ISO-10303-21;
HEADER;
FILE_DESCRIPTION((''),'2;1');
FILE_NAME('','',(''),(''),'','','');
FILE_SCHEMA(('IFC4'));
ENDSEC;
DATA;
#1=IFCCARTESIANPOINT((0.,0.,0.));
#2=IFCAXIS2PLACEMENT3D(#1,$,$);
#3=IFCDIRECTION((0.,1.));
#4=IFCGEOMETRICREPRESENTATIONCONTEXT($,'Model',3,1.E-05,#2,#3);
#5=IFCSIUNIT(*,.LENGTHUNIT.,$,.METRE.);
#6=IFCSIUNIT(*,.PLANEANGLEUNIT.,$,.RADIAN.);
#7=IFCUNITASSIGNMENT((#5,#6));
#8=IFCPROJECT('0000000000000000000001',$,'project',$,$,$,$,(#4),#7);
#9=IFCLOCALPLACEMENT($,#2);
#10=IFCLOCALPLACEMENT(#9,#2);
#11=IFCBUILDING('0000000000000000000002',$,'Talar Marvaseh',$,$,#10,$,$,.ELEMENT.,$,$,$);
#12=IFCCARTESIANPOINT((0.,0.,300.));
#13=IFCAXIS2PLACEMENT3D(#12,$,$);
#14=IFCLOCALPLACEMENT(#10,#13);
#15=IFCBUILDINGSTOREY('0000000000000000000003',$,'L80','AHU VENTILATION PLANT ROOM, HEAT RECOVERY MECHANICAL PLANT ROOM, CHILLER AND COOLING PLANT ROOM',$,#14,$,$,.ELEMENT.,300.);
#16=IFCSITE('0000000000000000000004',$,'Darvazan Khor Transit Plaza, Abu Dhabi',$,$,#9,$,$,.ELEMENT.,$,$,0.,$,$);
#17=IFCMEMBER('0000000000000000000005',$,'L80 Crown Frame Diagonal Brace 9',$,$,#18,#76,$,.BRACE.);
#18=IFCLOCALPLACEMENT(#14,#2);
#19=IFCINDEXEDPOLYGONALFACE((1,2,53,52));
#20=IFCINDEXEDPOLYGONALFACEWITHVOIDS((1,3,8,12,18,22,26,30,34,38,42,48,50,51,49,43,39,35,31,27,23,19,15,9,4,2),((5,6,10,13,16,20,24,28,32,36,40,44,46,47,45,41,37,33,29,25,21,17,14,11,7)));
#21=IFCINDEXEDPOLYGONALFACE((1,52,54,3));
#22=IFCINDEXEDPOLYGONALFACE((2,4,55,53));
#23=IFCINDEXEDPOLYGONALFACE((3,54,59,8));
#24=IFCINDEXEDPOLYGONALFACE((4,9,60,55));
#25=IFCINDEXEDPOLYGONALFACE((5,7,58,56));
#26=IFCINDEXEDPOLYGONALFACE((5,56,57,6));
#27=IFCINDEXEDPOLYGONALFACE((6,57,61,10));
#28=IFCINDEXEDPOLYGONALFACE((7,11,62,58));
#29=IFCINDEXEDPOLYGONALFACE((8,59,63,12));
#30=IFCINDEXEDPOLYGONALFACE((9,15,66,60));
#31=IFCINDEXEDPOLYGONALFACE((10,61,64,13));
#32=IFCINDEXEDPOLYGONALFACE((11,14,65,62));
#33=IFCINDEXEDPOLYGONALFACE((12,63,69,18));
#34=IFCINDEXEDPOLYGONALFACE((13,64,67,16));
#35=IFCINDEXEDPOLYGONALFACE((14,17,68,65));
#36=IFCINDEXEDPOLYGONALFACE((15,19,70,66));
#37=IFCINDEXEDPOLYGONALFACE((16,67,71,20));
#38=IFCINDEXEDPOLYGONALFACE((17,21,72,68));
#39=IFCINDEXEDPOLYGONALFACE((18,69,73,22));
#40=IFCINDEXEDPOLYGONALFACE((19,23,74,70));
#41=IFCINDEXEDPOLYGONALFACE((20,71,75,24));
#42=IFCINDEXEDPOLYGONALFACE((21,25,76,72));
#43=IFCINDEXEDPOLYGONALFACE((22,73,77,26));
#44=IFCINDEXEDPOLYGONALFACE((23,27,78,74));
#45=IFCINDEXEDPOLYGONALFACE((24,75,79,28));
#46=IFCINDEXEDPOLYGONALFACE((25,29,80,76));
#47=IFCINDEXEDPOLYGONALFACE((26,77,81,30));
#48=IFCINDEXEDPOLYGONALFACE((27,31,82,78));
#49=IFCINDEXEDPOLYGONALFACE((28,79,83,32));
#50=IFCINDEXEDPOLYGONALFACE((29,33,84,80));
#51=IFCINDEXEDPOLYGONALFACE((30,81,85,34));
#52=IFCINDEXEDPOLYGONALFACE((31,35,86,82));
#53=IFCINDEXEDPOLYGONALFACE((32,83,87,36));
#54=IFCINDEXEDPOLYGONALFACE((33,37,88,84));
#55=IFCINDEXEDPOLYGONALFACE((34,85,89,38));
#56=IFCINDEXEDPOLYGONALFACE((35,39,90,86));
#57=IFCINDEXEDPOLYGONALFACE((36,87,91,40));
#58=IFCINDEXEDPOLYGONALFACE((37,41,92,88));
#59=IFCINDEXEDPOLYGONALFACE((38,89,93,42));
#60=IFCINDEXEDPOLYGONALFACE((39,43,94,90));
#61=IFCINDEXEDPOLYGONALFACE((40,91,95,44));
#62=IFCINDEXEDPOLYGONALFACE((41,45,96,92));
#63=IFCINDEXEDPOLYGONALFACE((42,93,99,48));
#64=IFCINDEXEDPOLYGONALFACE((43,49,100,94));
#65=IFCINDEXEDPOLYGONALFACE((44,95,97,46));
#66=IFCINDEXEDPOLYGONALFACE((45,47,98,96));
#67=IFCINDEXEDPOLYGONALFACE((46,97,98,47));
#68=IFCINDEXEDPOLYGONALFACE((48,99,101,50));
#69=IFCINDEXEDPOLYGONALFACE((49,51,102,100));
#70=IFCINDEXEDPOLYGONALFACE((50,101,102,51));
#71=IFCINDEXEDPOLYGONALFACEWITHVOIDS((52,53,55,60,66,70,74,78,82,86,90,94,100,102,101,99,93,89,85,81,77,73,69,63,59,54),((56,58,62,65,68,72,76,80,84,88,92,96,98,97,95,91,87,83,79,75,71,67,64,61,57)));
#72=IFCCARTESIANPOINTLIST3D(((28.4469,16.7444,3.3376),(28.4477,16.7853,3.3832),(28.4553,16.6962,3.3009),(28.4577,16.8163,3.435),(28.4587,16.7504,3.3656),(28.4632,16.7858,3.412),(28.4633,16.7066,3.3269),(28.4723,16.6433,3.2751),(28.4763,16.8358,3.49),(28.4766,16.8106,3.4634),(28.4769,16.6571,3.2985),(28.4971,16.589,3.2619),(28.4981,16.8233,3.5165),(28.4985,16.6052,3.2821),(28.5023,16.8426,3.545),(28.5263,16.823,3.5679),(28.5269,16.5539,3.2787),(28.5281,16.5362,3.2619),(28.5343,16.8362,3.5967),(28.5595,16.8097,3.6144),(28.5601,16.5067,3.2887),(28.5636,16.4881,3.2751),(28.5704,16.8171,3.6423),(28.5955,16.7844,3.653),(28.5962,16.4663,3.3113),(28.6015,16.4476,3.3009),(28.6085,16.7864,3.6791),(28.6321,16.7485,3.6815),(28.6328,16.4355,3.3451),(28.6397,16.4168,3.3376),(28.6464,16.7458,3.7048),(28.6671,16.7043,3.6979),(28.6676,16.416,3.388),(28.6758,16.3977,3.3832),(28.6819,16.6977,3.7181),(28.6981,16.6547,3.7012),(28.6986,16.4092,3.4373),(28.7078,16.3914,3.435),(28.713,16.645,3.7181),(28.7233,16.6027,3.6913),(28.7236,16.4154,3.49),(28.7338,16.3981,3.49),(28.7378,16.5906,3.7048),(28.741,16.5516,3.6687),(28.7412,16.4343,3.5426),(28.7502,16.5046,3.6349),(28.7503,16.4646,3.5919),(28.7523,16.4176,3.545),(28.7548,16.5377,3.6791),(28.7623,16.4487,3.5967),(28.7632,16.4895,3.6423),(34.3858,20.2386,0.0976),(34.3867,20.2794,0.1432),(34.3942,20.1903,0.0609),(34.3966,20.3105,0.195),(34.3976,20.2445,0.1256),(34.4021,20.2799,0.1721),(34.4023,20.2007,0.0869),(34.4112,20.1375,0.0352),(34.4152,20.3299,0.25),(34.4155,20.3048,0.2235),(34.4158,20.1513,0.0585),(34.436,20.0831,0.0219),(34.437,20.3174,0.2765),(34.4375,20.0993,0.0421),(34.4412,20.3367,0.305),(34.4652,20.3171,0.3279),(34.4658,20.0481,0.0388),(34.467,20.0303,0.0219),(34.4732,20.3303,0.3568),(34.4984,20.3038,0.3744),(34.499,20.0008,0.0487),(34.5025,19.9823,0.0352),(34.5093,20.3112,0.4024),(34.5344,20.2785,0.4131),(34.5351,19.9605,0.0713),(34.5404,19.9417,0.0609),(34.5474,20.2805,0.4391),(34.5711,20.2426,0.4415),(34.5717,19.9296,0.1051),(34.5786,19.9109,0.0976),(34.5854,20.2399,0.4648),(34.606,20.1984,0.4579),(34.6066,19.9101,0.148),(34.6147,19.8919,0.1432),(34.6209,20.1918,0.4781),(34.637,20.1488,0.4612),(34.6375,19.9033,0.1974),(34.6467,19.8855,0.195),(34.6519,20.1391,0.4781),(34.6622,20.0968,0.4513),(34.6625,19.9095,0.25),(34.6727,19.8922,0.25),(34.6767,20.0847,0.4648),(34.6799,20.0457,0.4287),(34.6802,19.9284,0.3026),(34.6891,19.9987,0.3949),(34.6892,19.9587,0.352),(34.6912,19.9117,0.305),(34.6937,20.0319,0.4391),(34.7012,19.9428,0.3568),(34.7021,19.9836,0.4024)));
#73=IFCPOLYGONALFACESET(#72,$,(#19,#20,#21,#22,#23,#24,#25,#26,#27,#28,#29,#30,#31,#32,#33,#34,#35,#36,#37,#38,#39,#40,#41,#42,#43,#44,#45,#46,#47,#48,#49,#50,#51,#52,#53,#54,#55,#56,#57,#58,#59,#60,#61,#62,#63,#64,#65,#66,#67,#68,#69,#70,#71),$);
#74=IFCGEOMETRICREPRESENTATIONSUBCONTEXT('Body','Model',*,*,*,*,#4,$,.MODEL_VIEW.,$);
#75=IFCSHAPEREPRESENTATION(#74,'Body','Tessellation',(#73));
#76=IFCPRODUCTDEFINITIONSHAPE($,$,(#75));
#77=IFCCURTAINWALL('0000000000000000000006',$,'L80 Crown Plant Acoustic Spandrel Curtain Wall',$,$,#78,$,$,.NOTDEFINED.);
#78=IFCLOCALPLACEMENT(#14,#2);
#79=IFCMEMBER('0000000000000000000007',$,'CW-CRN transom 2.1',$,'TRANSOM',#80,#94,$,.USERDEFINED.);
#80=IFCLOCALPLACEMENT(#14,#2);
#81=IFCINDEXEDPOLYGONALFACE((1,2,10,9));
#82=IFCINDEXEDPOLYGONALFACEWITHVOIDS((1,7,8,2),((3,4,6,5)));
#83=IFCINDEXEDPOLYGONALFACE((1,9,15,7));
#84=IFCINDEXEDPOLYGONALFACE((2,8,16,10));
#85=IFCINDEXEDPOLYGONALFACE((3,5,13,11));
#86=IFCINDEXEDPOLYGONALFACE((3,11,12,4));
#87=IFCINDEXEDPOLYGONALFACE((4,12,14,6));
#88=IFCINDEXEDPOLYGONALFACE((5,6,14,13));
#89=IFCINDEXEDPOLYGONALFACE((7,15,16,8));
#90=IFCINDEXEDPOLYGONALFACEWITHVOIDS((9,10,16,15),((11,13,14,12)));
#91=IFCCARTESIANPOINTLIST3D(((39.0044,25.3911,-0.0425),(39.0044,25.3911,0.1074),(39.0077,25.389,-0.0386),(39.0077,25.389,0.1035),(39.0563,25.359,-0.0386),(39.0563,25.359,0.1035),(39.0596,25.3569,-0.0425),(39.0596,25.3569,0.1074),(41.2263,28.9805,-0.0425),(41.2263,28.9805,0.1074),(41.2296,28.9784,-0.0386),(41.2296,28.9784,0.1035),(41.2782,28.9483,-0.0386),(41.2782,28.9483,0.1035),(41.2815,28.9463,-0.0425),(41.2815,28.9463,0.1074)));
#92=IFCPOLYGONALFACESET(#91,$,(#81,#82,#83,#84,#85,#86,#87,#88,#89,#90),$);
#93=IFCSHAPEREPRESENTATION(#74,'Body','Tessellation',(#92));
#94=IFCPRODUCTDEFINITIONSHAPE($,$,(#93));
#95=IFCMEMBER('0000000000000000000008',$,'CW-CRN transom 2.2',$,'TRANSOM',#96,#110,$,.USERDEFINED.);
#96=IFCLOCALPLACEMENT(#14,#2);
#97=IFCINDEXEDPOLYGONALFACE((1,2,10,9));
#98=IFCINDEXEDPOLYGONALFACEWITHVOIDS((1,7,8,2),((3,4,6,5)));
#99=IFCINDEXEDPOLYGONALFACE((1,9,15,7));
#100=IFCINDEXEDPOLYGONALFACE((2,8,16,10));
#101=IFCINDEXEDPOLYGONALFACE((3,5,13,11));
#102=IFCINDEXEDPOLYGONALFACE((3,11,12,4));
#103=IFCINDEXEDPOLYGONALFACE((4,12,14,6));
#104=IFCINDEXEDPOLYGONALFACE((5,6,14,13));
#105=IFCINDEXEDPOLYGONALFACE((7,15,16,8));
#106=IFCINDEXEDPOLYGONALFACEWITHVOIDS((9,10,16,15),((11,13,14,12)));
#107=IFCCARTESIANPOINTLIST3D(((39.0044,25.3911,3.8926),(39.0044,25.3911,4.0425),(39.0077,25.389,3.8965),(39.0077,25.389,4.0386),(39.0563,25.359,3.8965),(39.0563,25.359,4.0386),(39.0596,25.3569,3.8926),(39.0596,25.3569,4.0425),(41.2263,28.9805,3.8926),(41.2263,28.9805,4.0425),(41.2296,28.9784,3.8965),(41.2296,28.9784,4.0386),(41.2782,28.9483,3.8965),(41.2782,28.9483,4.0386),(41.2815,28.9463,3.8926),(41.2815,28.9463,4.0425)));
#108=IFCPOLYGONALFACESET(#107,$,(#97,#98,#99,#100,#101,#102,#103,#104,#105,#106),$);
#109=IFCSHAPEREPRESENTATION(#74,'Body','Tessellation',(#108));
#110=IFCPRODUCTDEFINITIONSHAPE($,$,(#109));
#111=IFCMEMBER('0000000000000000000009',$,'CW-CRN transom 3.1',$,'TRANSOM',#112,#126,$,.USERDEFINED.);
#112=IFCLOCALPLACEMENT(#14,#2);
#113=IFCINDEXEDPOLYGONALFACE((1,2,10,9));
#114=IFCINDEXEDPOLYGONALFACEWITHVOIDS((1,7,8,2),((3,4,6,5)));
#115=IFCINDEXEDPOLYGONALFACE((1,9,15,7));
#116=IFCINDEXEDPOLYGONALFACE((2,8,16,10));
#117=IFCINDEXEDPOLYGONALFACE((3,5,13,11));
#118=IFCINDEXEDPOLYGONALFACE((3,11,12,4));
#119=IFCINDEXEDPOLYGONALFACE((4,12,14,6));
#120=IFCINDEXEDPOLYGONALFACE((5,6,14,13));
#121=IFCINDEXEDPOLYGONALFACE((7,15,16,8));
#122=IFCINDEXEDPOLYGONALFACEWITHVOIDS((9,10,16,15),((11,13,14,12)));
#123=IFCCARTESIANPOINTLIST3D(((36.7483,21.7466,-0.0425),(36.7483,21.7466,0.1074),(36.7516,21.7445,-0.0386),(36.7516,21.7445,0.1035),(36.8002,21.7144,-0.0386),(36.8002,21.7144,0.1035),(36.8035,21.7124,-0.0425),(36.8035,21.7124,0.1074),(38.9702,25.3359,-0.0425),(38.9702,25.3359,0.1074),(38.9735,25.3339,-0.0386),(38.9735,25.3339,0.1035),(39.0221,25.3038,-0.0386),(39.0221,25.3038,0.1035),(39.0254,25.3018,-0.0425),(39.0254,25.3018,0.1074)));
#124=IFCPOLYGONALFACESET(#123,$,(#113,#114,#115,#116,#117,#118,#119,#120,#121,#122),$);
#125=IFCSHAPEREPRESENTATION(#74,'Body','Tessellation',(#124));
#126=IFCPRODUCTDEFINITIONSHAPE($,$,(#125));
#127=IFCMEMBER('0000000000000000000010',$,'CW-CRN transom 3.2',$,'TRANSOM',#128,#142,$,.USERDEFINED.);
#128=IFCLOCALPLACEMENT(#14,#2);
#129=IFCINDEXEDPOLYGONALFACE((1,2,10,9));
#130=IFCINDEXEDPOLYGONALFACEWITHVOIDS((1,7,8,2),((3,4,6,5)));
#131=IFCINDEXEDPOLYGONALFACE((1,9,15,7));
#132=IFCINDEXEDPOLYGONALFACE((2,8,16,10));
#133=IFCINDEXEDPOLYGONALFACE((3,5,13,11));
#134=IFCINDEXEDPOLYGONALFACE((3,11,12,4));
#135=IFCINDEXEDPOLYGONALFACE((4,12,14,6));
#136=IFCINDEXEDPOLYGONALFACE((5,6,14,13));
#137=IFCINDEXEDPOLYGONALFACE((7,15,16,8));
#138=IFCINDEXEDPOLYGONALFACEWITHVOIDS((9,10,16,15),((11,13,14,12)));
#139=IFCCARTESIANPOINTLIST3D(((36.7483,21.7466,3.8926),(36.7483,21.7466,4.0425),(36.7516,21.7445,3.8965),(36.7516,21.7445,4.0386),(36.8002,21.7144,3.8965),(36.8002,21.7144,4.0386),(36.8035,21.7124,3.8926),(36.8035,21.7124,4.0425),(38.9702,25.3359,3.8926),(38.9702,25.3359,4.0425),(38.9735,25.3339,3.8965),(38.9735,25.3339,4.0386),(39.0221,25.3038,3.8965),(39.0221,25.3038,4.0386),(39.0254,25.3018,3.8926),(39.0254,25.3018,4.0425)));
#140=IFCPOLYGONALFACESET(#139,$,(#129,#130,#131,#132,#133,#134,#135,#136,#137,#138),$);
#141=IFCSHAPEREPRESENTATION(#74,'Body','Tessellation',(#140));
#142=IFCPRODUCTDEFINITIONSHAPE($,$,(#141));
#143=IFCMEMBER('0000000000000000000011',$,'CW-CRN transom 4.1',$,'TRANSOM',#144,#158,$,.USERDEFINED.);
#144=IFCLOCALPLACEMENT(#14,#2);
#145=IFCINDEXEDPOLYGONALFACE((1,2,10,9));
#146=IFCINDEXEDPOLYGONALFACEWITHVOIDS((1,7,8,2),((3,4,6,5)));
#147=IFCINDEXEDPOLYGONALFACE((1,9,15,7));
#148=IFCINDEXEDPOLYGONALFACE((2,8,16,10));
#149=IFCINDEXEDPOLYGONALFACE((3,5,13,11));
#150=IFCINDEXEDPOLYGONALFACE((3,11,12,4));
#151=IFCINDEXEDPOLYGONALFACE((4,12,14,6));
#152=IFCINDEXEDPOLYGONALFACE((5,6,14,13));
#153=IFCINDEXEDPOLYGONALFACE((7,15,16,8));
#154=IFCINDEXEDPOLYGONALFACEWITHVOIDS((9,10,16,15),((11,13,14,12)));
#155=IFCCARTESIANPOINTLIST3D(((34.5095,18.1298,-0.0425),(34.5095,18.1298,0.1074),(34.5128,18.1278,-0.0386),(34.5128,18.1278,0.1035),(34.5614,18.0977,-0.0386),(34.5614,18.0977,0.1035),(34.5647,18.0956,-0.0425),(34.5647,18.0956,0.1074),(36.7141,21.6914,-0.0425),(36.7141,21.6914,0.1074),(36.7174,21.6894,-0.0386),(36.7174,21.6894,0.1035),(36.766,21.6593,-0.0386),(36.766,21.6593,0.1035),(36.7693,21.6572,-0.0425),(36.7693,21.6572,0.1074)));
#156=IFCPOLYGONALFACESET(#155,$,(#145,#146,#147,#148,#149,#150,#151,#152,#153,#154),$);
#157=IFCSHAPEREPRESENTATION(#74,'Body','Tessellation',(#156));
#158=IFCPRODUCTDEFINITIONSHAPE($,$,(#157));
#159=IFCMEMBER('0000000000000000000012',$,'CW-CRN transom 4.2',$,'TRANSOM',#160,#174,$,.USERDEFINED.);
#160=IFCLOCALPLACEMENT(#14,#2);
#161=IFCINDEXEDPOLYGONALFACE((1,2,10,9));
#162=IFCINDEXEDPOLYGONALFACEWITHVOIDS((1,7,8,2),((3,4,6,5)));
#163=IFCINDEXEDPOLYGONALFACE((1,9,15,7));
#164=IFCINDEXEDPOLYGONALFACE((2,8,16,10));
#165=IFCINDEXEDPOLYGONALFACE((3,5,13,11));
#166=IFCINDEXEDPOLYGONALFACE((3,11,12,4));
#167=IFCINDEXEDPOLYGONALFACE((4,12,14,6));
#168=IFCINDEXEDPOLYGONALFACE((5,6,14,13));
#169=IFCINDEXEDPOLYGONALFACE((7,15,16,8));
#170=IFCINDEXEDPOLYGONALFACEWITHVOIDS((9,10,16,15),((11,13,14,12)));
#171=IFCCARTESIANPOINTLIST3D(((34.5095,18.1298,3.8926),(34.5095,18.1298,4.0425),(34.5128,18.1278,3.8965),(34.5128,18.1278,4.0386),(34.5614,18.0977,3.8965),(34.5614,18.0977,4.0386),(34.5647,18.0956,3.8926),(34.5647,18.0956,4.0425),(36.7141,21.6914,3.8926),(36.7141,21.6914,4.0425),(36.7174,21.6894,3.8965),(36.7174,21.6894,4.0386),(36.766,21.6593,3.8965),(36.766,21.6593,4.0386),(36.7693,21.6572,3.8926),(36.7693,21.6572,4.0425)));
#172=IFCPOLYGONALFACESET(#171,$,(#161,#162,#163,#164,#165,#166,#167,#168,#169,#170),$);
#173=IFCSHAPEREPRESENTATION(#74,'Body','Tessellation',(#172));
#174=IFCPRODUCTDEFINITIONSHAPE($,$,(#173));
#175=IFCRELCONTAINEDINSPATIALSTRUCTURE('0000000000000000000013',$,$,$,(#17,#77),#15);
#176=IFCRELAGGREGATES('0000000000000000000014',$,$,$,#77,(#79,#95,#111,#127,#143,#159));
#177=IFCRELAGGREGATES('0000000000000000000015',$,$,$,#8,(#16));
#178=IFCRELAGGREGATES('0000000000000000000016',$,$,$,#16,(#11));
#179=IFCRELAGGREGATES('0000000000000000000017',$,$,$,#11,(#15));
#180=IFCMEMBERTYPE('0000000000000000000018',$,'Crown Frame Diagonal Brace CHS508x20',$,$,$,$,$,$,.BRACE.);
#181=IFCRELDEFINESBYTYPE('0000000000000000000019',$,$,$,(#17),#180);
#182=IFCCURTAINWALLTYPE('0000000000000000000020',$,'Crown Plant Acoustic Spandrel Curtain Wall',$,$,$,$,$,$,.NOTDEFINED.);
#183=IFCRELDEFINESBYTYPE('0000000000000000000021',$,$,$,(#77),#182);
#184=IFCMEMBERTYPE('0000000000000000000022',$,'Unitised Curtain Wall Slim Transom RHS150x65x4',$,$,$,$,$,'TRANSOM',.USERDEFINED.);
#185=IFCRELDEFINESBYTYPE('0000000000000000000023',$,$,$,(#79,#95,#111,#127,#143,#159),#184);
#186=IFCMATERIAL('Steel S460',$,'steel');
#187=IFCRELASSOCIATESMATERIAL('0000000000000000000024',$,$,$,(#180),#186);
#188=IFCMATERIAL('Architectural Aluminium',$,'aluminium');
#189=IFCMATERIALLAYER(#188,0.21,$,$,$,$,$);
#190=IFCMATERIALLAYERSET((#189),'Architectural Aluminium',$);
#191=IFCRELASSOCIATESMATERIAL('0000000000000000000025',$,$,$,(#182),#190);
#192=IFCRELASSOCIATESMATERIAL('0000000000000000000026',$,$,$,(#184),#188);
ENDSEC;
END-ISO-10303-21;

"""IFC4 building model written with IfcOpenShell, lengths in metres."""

from ifc_helpers import new_model, si_unit, direction, frame, origin, origin_2d, place, context, subcontext, project, spatial, hollow_rectangle, hollow_circle, extrude, source, transform, mapped, material, layer, layer_set, material_profile, profile_set, type_object, type_shapes, element, aggregate, save


model = new_model("IFC4")

# Units and contexts
model_context = context("Model", 3, precision=1e-05, world=origin(), true_north=direction((0.0, 1.0)))
body_context = subcontext(model_context, "Body", "Model", "MODEL_VIEW")
ifc_project = project(units=[si_unit("LENGTHUNIT", "METRE"), si_unit("PLANEANGLEUNIT", "RADIAN")], contexts=[model_context])

# Site, building, storey
site_placement = place(None, origin())
site = spatial("IfcSite", under=ifc_project, at=site_placement, Name="Darvazan Khor Transit Plaza, Abu Dhabi", CompositionType="ELEMENT", RefElevation=0.0)
building_placement = place(site_placement, origin())
building = spatial("IfcBuilding", under=site, at=building_placement, Name="Talar Marvaseh", CompositionType="ELEMENT")
storey_placement = place(building_placement, frame((0.0, 0.0, 300.0)))
storey = spatial("IfcBuildingStorey", under=building, at=storey_placement, Name="L80", Description="AHU VENTILATION PLANT ROOM, HEAT RECOVERY MECHANICAL PLANT ROOM, CHILLER AND COOLING PLANT ROOM", CompositionType="ELEMENT", Elevation=300.0)

# Shared definitions
ifc_material_1 = material(Name="Steel S460", Category="steel")

# Member
ifc_material_profile_1 = material_profile(ifc_material_1, hollow_circle(Radius=0.2539, WallThickness=0.02, at=origin_2d()), Name="CHS508x20")
ifc_profile_set_1 = profile_set([ifc_material_profile_1], Name="Steel S460")
member_type_1 = type_object("IfcMemberType", Name="Crown Frame Diagonal Brace CHS508x20", PredefinedType="BRACE", material=ifc_profile_set_1)
shared_shape_1 = source(origin(), body_context, "Body", "SweptSolid", [
    extrude(hollow_circle(Radius=0.2539, WallThickness=0.02, at=origin_2d()), origin(), (0.0, 0.0, 1.0), 7.6143),
])
type_shapes(member_type_1, [shared_shape_1])
member_1_placement = place(storey_placement, frame((34.5439, 20.1111, 0.25), z_axis=(-0.779973, -0.458891, 0.425513), x_axis=(0.507088, -0.861894, 0.0)))
element("IfcMember", 1, at=member_1_placement, inside=storey, type_object=member_type_1, Name="L80 Crown Frame Diagonal Brace 9", PredefinedType="BRACE", context=body_context, shape_type="MappedRepresentation", body=[
    mapped(shared_shape_1, transform((0.0, 0.0, 0.0), x_axis=(1.0, 0.0, 0.0), y_axis=(0.0, 1.0, 0.0), z_axis=(0.0, 0.0, 1.0), scale=1.0)),
])

# Curtain wall, members
ifc_material_2 = material(Name="Architectural Aluminium", Category="aluminium")
ifc_layer_1 = layer(ifc_material_2, 0.21)
ifc_layer_set_1 = layer_set([ifc_layer_1], Name="Architectural Aluminium")
curtain_wall_type = type_object("IfcCurtainWallType", Name="Crown Plant Acoustic Spandrel Curtain Wall", PredefinedType="NOTDEFINED", material=ifc_layer_set_1)
curtain_wall_placement = place(storey_placement, origin())
curtain_wall = element("IfcCurtainWall", 2, at=curtain_wall_placement, inside=storey, type_object=curtain_wall_type, Name="L80 Crown Plant Acoustic Spandrel Curtain Wall", PredefinedType="NOTDEFINED")
ifc_material_profile_2 = material_profile(ifc_material_2, hollow_rectangle(XDim=0.0649, YDim=0.1499, WallThickness=0.0039, at=origin_2d()), Name="RHS150x65x4")
ifc_profile_set_2 = profile_set([ifc_material_profile_2], Name="Architectural Aluminium")
member_type_2 = type_object("IfcMemberType", Name="Unitised Curtain Wall Slim Transom RHS150x65x4", ElementType="TRANSOM", PredefinedType="USERDEFINED", material=ifc_profile_set_2)
shared_shape_2 = source(origin(), body_context, "Body", "SweptSolid", [
    extrude(hollow_rectangle(XDim=0.0649, YDim=0.1499, WallThickness=0.0039, at=origin_2d()), origin(), (0.0, 0.0, 1.0), 4.2214),
])
member_2_placement = place(storey_placement, frame((41.2539, 28.9634, 0.0325), z_axis=(-0.526345, -0.850271, 0.0), x_axis=(0.850271, -0.526345, 0.0)))
member_2 = element("IfcMember", 3, at=member_2_placement, type_object=member_type_2, Name="CW-CRN transom 2.1", ObjectType="TRANSOM", PredefinedType="USERDEFINED", context=body_context, shape_type="MappedRepresentation", body=[
    mapped(shared_shape_2, transform((0.0, 0.0, 0.0), x_axis=(1.0, 0.0, 0.0), y_axis=(0.0, 1.0, 0.0), z_axis=(0.0, 0.0, 1.0), scale=1.0)),
])
member_3_placement = place(storey_placement, frame((41.2539, 28.9634, 3.9675), z_axis=(-0.526345, -0.850271, 0.0), x_axis=(0.850271, -0.526345, 0.0)))
member_3 = element("IfcMember", 4, at=member_3_placement, type_object=member_type_2, Name="CW-CRN transom 2.2", ObjectType="TRANSOM", PredefinedType="USERDEFINED", context=body_context, shape_type="MappedRepresentation", body=[
    mapped(shared_shape_2, transform((0.0, 0.0, 0.0), x_axis=(1.0, 0.0, 0.0), y_axis=(0.0, 1.0, 0.0), z_axis=(0.0, 0.0, 1.0), scale=1.0)),
])
member_4_placement = place(storey_placement, frame((38.9978, 25.3188, 0.0325), z_axis=(-0.526345, -0.850271, 0.0), x_axis=(0.850271, -0.526345, 0.0)))
member_4 = element("IfcMember", 5, at=member_4_placement, type_object=member_type_2, Name="CW-CRN transom 3.1", ObjectType="TRANSOM", PredefinedType="USERDEFINED", context=body_context, shape_type="MappedRepresentation", body=[
    mapped(shared_shape_2, transform((0.0, 0.0, 0.0), x_axis=(1.0, 0.0, 0.0), y_axis=(0.0, 1.0, 0.0), z_axis=(0.0, 0.0, 1.0), scale=1.0)),
])
member_5_placement = place(storey_placement, frame((38.9978, 25.3188, 3.9675), z_axis=(-0.526345, -0.850271, 0.0), x_axis=(0.850271, -0.526345, 0.0)))
member_5 = element("IfcMember", 6, at=member_5_placement, type_object=member_type_2, Name="CW-CRN transom 3.2", ObjectType="TRANSOM", PredefinedType="USERDEFINED", context=body_context, shape_type="MappedRepresentation", body=[
    mapped(shared_shape_2, transform((0.0, 0.0, 0.0), x_axis=(1.0, 0.0, 0.0), y_axis=(0.0, 1.0, 0.0), z_axis=(0.0, 0.0, 1.0), scale=1.0)),
])
shared_shape_3 = source(origin(), body_context, "Body", "SweptSolid", [
    extrude(hollow_rectangle(XDim=0.0649, YDim=0.1499, WallThickness=0.0039, at=origin_2d()), origin(), (0.0, 0.0, 1.0), 4.1887),
])
type_shapes(member_type_2, [shared_shape_2, shared_shape_3])
member_6_placement = place(storey_placement, frame((36.7417, 21.6743, 0.0325), z_axis=(-0.526327, -0.850283, 0.0), x_axis=(0.850283, -0.526327, 0.0)))
member_6 = element("IfcMember", 7, at=member_6_placement, type_object=member_type_2, Name="CW-CRN transom 4.1", ObjectType="TRANSOM", PredefinedType="USERDEFINED", context=body_context, shape_type="MappedRepresentation", body=[
    mapped(shared_shape_3, transform((0.0, 0.0, 0.0), x_axis=(1.0, 0.0, 0.0), y_axis=(0.0, 1.0, 0.0), z_axis=(0.0, 0.0, 1.0), scale=1.0)),
])
member_7_placement = place(storey_placement, frame((36.7417, 21.6743, 3.9675), z_axis=(-0.526327, -0.850283, 0.0), x_axis=(0.850283, -0.526327, 0.0)))
member_7 = element("IfcMember", 8, at=member_7_placement, type_object=member_type_2, Name="CW-CRN transom 4.2", ObjectType="TRANSOM", PredefinedType="USERDEFINED", context=body_context, shape_type="MappedRepresentation", body=[
    mapped(shared_shape_3, transform((0.0, 0.0, 0.0), x_axis=(1.0, 0.0, 0.0), y_axis=(0.0, 1.0, 0.0), z_axis=(0.0, 0.0, 1.0), scale=1.0)),
])

aggregate(curtain_wall, [member_2, member_3, member_4, member_5, member_6, member_7])

save(model, "model.ifc")
